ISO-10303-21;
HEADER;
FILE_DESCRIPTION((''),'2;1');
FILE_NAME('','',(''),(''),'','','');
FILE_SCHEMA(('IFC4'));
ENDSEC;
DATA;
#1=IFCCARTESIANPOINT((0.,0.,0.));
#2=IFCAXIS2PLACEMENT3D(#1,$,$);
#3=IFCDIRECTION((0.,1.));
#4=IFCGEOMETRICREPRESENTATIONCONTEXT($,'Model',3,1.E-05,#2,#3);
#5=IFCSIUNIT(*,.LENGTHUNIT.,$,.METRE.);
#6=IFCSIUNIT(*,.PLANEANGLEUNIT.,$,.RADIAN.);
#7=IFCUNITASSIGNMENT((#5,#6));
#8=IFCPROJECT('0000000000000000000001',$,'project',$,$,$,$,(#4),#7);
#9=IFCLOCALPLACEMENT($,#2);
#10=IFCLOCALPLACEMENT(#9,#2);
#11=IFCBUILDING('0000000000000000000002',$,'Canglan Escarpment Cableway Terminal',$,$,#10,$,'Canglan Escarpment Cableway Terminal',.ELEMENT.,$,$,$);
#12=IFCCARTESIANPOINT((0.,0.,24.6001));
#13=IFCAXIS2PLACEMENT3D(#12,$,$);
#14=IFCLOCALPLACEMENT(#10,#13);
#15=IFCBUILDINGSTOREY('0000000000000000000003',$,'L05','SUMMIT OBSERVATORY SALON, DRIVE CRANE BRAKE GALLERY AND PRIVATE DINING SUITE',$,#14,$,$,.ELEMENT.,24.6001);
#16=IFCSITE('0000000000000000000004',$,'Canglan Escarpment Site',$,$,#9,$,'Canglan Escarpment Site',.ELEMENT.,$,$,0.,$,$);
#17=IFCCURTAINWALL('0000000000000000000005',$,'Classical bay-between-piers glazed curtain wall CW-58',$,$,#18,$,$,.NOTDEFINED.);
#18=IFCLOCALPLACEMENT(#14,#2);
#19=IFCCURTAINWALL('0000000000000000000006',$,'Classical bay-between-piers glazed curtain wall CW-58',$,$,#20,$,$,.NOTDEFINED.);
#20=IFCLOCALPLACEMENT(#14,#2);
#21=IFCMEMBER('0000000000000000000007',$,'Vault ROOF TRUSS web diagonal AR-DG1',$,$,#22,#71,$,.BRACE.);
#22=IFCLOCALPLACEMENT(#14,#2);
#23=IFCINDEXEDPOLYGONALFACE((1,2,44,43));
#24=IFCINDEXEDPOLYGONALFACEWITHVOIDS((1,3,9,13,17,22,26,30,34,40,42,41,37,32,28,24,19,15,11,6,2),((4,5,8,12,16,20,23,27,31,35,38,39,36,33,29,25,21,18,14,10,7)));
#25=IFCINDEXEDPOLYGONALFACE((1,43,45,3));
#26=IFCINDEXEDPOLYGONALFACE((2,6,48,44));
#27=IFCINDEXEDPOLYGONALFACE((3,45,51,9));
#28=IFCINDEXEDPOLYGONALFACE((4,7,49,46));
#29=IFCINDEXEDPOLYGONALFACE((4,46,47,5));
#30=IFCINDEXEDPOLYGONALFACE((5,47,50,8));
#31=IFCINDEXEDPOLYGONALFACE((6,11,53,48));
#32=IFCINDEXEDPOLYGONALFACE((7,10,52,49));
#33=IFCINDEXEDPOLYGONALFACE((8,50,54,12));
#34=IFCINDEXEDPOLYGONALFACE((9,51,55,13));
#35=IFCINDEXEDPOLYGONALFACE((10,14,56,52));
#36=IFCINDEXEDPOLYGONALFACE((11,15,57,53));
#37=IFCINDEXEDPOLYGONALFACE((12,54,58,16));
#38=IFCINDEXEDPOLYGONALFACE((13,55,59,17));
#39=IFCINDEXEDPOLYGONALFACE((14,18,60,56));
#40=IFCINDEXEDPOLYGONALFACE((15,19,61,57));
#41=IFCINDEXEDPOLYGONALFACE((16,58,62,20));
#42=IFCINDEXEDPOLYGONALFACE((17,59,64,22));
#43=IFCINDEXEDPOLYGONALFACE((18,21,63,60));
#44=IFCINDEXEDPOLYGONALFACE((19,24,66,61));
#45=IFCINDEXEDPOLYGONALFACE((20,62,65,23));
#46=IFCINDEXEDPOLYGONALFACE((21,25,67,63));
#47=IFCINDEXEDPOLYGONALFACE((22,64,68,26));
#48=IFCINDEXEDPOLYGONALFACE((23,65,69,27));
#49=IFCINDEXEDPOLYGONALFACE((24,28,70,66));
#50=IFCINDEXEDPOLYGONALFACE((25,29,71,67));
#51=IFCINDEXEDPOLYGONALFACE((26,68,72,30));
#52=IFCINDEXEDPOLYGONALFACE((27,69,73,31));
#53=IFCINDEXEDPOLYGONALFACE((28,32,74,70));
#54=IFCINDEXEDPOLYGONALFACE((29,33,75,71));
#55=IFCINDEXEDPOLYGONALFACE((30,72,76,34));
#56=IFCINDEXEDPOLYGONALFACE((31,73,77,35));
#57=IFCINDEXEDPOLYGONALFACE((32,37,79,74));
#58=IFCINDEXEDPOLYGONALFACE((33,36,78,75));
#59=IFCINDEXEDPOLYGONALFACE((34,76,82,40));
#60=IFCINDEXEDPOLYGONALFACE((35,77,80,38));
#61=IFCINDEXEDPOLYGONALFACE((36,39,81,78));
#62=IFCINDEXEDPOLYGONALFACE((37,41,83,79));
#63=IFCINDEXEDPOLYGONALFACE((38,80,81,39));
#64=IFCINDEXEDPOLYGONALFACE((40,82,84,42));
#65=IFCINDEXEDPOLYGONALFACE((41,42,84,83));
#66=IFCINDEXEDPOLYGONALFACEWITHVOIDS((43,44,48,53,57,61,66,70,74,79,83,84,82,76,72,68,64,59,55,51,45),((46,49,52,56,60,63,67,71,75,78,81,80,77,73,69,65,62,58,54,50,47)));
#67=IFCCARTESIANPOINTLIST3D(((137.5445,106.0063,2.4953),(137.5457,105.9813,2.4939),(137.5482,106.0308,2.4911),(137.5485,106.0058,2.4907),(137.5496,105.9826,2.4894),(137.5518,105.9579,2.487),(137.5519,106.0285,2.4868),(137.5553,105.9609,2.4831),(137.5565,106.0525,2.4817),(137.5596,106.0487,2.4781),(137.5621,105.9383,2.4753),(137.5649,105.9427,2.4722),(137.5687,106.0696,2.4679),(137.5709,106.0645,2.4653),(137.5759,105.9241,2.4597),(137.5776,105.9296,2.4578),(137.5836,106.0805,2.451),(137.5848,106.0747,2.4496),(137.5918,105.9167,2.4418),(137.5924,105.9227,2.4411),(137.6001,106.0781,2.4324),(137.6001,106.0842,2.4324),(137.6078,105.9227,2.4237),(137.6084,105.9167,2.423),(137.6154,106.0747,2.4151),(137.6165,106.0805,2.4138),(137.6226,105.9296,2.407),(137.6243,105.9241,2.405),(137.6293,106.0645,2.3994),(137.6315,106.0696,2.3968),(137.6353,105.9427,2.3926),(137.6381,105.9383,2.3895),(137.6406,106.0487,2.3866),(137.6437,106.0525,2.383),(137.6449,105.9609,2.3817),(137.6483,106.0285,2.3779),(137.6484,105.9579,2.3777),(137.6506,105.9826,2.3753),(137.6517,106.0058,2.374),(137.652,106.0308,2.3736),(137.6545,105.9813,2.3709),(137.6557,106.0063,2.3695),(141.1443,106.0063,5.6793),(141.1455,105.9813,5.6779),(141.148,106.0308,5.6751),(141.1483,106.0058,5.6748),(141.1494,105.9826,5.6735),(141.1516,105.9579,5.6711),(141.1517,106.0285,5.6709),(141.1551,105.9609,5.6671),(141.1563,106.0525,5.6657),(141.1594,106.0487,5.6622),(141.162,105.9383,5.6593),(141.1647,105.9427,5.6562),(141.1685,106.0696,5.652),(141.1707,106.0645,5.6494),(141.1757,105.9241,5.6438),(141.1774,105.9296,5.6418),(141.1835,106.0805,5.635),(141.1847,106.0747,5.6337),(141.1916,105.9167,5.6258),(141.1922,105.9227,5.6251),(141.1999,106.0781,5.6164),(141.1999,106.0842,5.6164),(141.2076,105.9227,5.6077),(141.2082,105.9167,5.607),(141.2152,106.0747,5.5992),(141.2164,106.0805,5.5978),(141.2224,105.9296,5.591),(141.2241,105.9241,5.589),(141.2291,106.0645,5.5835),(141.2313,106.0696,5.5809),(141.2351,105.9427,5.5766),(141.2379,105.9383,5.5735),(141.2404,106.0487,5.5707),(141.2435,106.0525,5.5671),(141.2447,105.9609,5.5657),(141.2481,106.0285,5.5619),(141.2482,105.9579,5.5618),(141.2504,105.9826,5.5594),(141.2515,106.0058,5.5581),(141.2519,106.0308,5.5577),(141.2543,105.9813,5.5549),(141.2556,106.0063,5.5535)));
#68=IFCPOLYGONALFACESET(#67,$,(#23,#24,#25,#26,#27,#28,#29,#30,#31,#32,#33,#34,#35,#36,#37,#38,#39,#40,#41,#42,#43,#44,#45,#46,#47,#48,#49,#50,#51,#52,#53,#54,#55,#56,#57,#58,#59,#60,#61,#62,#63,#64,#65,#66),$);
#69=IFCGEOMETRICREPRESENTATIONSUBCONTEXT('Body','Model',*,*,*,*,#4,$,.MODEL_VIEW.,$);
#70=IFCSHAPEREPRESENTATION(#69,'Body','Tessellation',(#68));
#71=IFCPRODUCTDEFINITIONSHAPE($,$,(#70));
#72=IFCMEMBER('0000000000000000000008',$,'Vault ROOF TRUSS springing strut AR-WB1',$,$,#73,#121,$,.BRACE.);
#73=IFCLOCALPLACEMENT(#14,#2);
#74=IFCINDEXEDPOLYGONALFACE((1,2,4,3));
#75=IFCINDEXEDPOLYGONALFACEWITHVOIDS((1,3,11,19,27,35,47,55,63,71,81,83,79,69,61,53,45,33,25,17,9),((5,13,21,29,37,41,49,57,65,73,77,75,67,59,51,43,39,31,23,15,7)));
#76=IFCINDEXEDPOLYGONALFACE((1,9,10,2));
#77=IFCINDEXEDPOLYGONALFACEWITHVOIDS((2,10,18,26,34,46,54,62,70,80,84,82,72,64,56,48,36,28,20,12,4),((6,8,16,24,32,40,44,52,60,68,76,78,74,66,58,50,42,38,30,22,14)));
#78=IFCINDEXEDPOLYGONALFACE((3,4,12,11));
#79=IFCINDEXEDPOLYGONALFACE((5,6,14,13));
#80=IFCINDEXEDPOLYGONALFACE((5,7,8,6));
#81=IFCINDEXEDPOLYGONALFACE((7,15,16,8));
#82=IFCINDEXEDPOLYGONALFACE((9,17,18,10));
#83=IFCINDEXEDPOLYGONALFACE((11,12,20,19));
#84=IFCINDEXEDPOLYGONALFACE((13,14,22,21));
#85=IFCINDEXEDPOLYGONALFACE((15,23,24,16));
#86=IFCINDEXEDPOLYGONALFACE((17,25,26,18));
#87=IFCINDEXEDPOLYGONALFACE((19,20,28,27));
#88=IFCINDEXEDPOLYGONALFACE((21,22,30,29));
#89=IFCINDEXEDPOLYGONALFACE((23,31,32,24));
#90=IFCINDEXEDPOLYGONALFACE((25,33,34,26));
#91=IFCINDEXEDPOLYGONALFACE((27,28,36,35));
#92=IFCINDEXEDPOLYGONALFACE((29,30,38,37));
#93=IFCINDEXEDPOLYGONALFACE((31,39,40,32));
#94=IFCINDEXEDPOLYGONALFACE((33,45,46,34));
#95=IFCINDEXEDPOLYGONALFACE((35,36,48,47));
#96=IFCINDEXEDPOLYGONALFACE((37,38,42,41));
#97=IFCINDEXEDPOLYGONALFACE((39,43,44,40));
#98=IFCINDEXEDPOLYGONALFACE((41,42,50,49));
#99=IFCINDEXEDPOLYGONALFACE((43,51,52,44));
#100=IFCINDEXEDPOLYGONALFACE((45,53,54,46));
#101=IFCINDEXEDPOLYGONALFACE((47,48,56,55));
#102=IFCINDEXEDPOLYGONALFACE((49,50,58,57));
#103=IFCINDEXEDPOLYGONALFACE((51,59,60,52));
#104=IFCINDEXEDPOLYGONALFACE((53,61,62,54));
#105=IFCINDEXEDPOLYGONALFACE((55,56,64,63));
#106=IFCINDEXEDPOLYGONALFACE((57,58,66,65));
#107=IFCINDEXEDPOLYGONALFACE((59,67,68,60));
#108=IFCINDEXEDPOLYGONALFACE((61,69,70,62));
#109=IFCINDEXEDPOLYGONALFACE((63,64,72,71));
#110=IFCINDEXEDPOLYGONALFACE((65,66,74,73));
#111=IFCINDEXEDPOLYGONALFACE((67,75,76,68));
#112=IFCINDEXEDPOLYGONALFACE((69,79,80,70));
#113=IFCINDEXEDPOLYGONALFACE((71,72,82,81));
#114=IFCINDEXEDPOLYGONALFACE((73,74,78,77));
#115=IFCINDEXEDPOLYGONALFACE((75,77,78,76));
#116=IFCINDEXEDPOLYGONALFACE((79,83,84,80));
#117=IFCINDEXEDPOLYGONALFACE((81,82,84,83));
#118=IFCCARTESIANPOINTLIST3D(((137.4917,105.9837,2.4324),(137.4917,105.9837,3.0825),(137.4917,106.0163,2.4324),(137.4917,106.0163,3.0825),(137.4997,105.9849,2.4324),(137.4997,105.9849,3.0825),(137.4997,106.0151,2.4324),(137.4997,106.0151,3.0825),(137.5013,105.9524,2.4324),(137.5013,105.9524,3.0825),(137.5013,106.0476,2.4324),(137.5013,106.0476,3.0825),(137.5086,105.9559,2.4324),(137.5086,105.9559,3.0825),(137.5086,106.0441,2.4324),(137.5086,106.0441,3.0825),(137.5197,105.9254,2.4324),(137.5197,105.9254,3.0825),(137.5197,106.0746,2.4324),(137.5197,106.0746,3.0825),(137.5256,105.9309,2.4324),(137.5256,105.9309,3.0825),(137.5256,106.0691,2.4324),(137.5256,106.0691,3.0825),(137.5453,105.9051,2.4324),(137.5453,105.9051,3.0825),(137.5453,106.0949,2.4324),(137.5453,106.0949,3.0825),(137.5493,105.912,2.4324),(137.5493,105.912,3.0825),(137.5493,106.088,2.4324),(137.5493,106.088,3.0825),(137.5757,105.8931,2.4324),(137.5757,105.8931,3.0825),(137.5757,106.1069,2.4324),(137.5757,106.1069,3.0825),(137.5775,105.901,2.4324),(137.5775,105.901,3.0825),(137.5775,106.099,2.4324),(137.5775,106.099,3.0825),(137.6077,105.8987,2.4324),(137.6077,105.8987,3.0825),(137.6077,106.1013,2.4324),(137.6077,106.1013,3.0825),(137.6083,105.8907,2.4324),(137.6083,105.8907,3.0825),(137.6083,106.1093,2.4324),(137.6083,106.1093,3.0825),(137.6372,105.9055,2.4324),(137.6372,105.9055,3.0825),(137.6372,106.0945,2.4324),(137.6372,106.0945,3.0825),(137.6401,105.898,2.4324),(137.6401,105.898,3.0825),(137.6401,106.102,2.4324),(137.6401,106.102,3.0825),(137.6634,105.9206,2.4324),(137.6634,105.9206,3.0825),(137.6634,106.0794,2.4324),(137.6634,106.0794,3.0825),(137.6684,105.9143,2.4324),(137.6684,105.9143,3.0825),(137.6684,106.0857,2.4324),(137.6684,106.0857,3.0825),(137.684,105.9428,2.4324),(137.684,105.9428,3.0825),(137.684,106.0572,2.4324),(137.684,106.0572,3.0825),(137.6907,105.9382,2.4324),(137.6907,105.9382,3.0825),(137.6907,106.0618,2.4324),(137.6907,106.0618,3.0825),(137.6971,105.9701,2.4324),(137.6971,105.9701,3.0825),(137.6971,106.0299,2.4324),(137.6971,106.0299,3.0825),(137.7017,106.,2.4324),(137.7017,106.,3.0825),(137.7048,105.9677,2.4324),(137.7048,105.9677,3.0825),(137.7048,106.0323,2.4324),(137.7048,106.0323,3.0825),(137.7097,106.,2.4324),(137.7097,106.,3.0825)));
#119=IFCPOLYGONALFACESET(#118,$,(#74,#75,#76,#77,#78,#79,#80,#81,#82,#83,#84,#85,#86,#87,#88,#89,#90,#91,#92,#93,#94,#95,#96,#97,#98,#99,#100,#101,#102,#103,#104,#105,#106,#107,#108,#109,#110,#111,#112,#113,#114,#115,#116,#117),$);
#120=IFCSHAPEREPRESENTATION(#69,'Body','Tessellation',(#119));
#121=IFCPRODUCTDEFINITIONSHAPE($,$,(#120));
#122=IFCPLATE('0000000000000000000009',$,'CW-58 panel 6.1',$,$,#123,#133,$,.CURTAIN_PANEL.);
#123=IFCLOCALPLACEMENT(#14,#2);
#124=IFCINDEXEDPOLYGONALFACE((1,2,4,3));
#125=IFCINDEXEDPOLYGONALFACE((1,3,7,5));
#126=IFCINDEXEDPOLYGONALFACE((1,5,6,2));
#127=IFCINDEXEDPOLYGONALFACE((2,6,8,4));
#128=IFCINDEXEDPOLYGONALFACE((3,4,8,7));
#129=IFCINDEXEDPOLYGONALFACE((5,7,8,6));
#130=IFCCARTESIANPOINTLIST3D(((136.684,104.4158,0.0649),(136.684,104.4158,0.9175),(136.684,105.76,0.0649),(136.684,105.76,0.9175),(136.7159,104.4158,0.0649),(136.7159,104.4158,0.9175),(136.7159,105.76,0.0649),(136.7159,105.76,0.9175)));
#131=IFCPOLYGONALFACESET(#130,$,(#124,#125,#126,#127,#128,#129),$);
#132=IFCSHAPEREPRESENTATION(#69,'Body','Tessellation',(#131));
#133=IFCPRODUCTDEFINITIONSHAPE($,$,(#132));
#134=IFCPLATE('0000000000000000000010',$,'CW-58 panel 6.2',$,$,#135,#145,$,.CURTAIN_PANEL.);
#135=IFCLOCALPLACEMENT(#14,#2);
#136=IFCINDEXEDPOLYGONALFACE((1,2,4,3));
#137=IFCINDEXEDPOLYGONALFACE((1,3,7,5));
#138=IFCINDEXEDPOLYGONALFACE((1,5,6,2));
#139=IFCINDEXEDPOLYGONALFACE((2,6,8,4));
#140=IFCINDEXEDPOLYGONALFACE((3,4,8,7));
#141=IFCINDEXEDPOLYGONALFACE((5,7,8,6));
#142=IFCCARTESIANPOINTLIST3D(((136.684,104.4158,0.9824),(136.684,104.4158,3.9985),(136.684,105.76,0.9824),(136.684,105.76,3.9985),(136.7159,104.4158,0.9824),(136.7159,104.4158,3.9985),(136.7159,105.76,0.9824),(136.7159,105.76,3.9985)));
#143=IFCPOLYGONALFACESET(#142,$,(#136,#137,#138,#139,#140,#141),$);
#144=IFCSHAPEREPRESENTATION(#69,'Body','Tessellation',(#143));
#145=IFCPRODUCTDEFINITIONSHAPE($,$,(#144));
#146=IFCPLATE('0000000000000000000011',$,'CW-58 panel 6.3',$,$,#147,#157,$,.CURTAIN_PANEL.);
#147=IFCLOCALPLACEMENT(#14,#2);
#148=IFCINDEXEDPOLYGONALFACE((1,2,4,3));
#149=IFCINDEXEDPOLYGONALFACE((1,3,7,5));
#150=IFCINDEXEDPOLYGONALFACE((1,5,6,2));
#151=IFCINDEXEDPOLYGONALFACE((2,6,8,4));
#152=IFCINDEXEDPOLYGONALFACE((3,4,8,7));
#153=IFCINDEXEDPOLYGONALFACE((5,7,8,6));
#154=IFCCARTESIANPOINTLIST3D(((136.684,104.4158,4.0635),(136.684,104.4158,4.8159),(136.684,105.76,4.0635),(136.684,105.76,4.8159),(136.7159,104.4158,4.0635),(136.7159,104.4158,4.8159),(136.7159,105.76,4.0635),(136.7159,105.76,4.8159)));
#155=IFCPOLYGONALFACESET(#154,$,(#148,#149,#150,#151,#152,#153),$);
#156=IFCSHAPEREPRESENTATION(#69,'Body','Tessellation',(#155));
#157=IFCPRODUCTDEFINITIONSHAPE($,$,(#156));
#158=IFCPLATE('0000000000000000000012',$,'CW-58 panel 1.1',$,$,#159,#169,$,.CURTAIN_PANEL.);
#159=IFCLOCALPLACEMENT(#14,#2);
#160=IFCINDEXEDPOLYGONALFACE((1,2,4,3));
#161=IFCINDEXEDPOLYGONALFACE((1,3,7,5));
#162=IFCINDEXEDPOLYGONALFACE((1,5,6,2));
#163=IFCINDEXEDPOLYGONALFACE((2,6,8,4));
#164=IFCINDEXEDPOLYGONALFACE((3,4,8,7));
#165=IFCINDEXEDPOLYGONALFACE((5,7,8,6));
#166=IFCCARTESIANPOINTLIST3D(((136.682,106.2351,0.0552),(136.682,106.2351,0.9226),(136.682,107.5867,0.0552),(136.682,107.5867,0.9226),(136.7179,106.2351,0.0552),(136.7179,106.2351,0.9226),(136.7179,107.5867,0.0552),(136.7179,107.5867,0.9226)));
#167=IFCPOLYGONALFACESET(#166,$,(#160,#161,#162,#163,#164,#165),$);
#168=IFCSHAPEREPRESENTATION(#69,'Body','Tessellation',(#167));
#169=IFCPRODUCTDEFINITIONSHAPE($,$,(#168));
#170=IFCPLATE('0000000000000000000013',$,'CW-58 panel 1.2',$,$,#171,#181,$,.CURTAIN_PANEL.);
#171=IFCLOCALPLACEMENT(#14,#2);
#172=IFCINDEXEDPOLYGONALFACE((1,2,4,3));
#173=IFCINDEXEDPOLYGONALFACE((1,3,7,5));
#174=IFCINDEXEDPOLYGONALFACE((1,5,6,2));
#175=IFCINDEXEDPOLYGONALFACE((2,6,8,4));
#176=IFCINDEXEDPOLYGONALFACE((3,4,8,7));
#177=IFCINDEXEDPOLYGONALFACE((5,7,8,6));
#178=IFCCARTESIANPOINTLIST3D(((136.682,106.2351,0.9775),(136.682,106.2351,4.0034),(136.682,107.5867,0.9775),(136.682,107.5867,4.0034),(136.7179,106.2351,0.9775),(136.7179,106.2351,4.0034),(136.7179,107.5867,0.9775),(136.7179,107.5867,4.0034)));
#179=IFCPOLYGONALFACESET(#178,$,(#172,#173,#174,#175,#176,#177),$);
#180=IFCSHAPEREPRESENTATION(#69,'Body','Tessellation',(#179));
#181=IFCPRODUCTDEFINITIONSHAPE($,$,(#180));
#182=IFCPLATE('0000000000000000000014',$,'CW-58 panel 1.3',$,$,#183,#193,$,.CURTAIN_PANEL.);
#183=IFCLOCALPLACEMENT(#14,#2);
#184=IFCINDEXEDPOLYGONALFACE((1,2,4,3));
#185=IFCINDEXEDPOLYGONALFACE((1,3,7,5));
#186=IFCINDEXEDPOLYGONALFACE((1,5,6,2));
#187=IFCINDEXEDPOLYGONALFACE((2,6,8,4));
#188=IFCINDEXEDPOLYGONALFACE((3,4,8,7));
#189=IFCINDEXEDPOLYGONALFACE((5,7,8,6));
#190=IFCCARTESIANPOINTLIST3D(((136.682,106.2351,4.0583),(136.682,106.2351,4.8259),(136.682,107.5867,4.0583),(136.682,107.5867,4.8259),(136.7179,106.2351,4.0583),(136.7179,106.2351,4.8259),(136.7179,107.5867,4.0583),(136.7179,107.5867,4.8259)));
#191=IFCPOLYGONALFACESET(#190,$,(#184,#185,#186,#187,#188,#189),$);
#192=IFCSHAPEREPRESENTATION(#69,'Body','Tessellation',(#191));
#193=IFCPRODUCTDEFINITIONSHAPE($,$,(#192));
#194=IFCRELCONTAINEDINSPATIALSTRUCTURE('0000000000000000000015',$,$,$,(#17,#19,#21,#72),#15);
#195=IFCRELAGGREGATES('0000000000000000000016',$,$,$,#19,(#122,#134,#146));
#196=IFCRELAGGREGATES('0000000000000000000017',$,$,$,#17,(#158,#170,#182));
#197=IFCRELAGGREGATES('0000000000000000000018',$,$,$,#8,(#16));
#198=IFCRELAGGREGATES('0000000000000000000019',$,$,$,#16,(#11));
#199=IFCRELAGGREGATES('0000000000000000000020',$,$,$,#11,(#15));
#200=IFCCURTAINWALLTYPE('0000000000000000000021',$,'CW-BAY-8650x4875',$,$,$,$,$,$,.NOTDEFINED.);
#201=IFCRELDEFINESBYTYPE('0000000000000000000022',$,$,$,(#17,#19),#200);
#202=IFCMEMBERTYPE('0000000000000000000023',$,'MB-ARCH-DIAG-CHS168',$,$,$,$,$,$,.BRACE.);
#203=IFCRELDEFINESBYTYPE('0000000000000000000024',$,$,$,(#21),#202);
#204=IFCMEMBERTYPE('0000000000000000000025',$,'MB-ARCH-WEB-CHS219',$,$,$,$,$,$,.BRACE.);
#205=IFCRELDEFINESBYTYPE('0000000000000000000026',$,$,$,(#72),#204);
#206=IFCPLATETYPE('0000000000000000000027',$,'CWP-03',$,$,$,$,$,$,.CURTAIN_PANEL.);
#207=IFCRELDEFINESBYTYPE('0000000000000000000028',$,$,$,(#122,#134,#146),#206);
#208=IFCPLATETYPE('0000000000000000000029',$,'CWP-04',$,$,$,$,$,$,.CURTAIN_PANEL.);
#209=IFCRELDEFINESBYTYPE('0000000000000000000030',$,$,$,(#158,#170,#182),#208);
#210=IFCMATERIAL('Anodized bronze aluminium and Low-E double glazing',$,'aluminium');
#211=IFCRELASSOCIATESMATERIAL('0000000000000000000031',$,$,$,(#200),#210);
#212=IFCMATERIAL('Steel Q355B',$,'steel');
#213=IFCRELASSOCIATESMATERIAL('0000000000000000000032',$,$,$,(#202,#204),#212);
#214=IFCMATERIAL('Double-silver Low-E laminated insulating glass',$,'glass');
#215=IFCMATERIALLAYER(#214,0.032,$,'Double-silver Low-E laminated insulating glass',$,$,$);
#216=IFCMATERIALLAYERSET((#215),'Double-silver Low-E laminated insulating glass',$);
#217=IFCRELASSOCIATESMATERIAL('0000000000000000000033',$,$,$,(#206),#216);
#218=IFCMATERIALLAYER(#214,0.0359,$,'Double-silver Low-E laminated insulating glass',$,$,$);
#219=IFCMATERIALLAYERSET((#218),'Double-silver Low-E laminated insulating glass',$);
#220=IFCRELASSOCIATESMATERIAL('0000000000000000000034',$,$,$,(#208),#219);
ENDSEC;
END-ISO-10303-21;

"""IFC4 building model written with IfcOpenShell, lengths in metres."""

from ifc_helpers import new_model, si_unit, direction, frame, origin, origin_2d, place, context, subcontext, project, spatial, rectangle, hollow_circle, extrude, material, layer, layer_set, material_profile, profile_set, type_object, element, aggregate, save


model = new_model("IFC4")

# Units and contexts
model_context = context("Model", 3, precision=1e-05, world=origin(), true_north=direction((0.0, 1.0)))
body_context = subcontext(model_context, "Body", "Model", "MODEL_VIEW")
ifc_project = project(units=[si_unit("LENGTHUNIT", "METRE"), si_unit("PLANEANGLEUNIT", "RADIAN")], contexts=[model_context])

# Site, building, storey
site_placement = place(None, origin())
site = spatial("IfcSite", under=ifc_project, at=site_placement, Name="Canglan Escarpment Site", LongName="Canglan Escarpment Site", CompositionType="ELEMENT", RefElevation=0.0)
building_placement = place(site_placement, origin())
building = spatial("IfcBuilding", under=site, at=building_placement, Name="Canglan Escarpment Cableway Terminal", LongName="Canglan Escarpment Cableway Terminal", CompositionType="ELEMENT")
storey_placement = place(building_placement, frame((0.0, 0.0, 24.6001)))
storey = spatial("IfcBuildingStorey", under=building, at=storey_placement, Name="L05", Description="SUMMIT OBSERVATORY SALON, DRIVE CRANE BRAKE GALLERY AND PRIVATE DINING SUITE", CompositionType="ELEMENT", Elevation=24.6001)

# Shared definitions
ifc_material_1 = material(Name="Steel Q355B", Category="steel")

# Curtain wall
ifc_material_2 = material(Name="Anodized bronze aluminium and Low-E double glazing", Category="aluminium")
curtain_wall_type = type_object("IfcCurtainWallType", Name="CW-BAY-8650x4875", PredefinedType="NOTDEFINED", material=ifc_material_2)
curtain_wall_1_placement = place(storey_placement, origin())
curtain_wall_1 = element("IfcCurtainWall", 1, at=curtain_wall_1_placement, inside=storey, type_object=curtain_wall_type, Name="Classical bay-between-piers glazed curtain wall CW-58", PredefinedType="NOTDEFINED")

# Curtain wall
curtain_wall_2_placement = place(storey_placement, origin())
curtain_wall_2 = element("IfcCurtainWall", 2, at=curtain_wall_2_placement, inside=storey, type_object=curtain_wall_type, Name="Classical bay-between-piers glazed curtain wall CW-58", PredefinedType="NOTDEFINED")

# Members
ifc_material_profile_1 = material_profile(ifc_material_1, hollow_circle(Radius=0.0842, WallThickness=0.0061, at=origin_2d()), Name="CHS 168.3x6")
ifc_profile_set_1 = profile_set([ifc_material_profile_1], Name="Steel Q355B")
member_type_1 = type_object("IfcMemberType", Name="MB-ARCH-DIAG-CHS168", PredefinedType="BRACE", material=ifc_profile_set_1)
member_1_placement = place(storey_placement, frame((137.6001, 106.0, 2.4324), z_axis=(0.749038, 0.0, 0.662527), x_axis=(0.0, 1.0, 0.0)))
element("IfcMember", 3, at=member_1_placement, inside=storey, type_object=member_type_1, Name="Vault ROOF TRUSS web diagonal AR-DG1", PredefinedType="BRACE", context=body_context, shape_type="SweptSolid", body=[
    extrude(hollow_circle(Radius=0.0842, WallThickness=0.0061, at=origin_2d()), origin(), (0.0, 0.0, 1.0), 4.8059),
])
ifc_material_profile_2 = material_profile(ifc_material_1, hollow_circle(Radius=0.1096, WallThickness=0.0081, at=origin_2d()), Name="CHS 219.1x8")
ifc_profile_set_2 = profile_set([ifc_material_profile_2], Name="Steel Q355B")
member_type_2 = type_object("IfcMemberType", Name="MB-ARCH-WEB-CHS219", PredefinedType="BRACE", material=ifc_profile_set_2)
member_2_placement = place(storey_placement, frame((137.6001, 106.0, 2.4324), z_axis=(0.0, 0.0, 1.0), x_axis=(1.0, 0.0, 0.0)))
element("IfcMember", 4, at=member_2_placement, inside=storey, type_object=member_type_2, Name="Vault ROOF TRUSS springing strut AR-WB1", PredefinedType="BRACE", context=body_context, shape_type="SweptSolid", body=[
    extrude(hollow_circle(Radius=0.1096, WallThickness=0.0081, at=origin_2d()), origin(), (0.0, 0.0, 1.0), 0.6501),
])

# Plates
ifc_material_3 = material(Name="Double-silver Low-E laminated insulating glass", Category="glass")
ifc_layer_1 = layer(ifc_material_3, 0.032, Name="Double-silver Low-E laminated insulating glass")
ifc_layer_set_1 = layer_set([ifc_layer_1], Name="Double-silver Low-E laminated insulating glass")
plate_type_1 = type_object("IfcPlateType", Name="CWP-03", PredefinedType="CURTAIN_PANEL", material=ifc_layer_set_1)
plate_1_placement = place(storey_placement, frame((136.7, 105.0879, 0.0649), z_axis=(0.0, 0.0, 1.0), x_axis=(0.0, 1.0, 0.0)))
plate_1 = element("IfcPlate", 5, at=plate_1_placement, type_object=plate_type_1, Name="CW-58 panel 6.1", PredefinedType="CURTAIN_PANEL", context=body_context, shape_type="SweptSolid", body=[
    extrude(rectangle(XDim=1.3442, YDim=0.032, at=origin_2d()), origin(), (0.0, 0.0, 1.0), 0.8525),
])
plate_2_placement = place(storey_placement, frame((136.7, 105.0879, 0.9824), z_axis=(0.0, 0.0, 1.0), x_axis=(0.0, 1.0, 0.0)))
plate_2 = element("IfcPlate", 6, at=plate_2_placement, type_object=plate_type_1, Name="CW-58 panel 6.2", PredefinedType="CURTAIN_PANEL", context=body_context, shape_type="SweptSolid", body=[
    extrude(rectangle(XDim=1.3442, YDim=0.032, at=origin_2d()), origin(), (0.0, 0.0, 1.0), 3.0161),
])
plate_3_placement = place(storey_placement, frame((136.7, 105.0879, 4.0635), z_axis=(0.0, 0.0, 1.0), x_axis=(0.0, 1.0, 0.0)))
plate_3 = element("IfcPlate", 7, at=plate_3_placement, type_object=plate_type_1, Name="CW-58 panel 6.3", PredefinedType="CURTAIN_PANEL", context=body_context, shape_type="SweptSolid", body=[
    extrude(rectangle(XDim=1.3442, YDim=0.032, at=origin_2d()), origin(), (0.0, 0.0, 1.0), 0.7524),
])
aggregate(curtain_wall_2, [plate_1, plate_2, plate_3])
ifc_layer_2 = layer(ifc_material_3, 0.0359, Name="Double-silver Low-E laminated insulating glass")
ifc_layer_set_2 = layer_set([ifc_layer_2], Name="Double-silver Low-E laminated insulating glass")
plate_type_2 = type_object("IfcPlateType", Name="CWP-04", PredefinedType="CURTAIN_PANEL", material=ifc_layer_set_2)
plate_4_placement = place(storey_placement, frame((136.7, 106.9109, 0.0552), z_axis=(0.0, 0.0, 1.0), x_axis=(0.0, 1.0, 0.0)))
plate_4 = element("IfcPlate", 8, at=plate_4_placement, type_object=plate_type_2, Name="CW-58 panel 1.1", PredefinedType="CURTAIN_PANEL", context=body_context, shape_type="SweptSolid", body=[
    extrude(rectangle(XDim=1.3516, YDim=0.0359, at=origin_2d()), origin(), (0.0, 0.0, 1.0), 0.8674),
])
plate_5_placement = place(storey_placement, frame((136.7, 106.9109, 0.9775), z_axis=(0.0, 0.0, 1.0), x_axis=(0.0, 1.0, 0.0)))
plate_5 = element("IfcPlate", 9, at=plate_5_placement, type_object=plate_type_2, Name="CW-58 panel 1.2", PredefinedType="CURTAIN_PANEL", context=body_context, shape_type="SweptSolid", body=[
    extrude(rectangle(XDim=1.3516, YDim=0.0359, at=origin_2d()), origin(), (0.0, 0.0, 1.0), 3.0259),
])
plate_6_placement = place(storey_placement, frame((136.7, 106.9109, 4.0583), z_axis=(0.0, 0.0, 1.0), x_axis=(0.0, 1.0, 0.0)))
plate_6 = element("IfcPlate", 10, at=plate_6_placement, type_object=plate_type_2, Name="CW-58 panel 1.3", PredefinedType="CURTAIN_PANEL", context=body_context, shape_type="SweptSolid", body=[
    extrude(rectangle(XDim=1.3516, YDim=0.0359, at=origin_2d()), origin(), (0.0, 0.0, 1.0), 0.7676),
])
aggregate(curtain_wall_1, [plate_4, plate_5, plate_6])

save(model, "model.ifc")
